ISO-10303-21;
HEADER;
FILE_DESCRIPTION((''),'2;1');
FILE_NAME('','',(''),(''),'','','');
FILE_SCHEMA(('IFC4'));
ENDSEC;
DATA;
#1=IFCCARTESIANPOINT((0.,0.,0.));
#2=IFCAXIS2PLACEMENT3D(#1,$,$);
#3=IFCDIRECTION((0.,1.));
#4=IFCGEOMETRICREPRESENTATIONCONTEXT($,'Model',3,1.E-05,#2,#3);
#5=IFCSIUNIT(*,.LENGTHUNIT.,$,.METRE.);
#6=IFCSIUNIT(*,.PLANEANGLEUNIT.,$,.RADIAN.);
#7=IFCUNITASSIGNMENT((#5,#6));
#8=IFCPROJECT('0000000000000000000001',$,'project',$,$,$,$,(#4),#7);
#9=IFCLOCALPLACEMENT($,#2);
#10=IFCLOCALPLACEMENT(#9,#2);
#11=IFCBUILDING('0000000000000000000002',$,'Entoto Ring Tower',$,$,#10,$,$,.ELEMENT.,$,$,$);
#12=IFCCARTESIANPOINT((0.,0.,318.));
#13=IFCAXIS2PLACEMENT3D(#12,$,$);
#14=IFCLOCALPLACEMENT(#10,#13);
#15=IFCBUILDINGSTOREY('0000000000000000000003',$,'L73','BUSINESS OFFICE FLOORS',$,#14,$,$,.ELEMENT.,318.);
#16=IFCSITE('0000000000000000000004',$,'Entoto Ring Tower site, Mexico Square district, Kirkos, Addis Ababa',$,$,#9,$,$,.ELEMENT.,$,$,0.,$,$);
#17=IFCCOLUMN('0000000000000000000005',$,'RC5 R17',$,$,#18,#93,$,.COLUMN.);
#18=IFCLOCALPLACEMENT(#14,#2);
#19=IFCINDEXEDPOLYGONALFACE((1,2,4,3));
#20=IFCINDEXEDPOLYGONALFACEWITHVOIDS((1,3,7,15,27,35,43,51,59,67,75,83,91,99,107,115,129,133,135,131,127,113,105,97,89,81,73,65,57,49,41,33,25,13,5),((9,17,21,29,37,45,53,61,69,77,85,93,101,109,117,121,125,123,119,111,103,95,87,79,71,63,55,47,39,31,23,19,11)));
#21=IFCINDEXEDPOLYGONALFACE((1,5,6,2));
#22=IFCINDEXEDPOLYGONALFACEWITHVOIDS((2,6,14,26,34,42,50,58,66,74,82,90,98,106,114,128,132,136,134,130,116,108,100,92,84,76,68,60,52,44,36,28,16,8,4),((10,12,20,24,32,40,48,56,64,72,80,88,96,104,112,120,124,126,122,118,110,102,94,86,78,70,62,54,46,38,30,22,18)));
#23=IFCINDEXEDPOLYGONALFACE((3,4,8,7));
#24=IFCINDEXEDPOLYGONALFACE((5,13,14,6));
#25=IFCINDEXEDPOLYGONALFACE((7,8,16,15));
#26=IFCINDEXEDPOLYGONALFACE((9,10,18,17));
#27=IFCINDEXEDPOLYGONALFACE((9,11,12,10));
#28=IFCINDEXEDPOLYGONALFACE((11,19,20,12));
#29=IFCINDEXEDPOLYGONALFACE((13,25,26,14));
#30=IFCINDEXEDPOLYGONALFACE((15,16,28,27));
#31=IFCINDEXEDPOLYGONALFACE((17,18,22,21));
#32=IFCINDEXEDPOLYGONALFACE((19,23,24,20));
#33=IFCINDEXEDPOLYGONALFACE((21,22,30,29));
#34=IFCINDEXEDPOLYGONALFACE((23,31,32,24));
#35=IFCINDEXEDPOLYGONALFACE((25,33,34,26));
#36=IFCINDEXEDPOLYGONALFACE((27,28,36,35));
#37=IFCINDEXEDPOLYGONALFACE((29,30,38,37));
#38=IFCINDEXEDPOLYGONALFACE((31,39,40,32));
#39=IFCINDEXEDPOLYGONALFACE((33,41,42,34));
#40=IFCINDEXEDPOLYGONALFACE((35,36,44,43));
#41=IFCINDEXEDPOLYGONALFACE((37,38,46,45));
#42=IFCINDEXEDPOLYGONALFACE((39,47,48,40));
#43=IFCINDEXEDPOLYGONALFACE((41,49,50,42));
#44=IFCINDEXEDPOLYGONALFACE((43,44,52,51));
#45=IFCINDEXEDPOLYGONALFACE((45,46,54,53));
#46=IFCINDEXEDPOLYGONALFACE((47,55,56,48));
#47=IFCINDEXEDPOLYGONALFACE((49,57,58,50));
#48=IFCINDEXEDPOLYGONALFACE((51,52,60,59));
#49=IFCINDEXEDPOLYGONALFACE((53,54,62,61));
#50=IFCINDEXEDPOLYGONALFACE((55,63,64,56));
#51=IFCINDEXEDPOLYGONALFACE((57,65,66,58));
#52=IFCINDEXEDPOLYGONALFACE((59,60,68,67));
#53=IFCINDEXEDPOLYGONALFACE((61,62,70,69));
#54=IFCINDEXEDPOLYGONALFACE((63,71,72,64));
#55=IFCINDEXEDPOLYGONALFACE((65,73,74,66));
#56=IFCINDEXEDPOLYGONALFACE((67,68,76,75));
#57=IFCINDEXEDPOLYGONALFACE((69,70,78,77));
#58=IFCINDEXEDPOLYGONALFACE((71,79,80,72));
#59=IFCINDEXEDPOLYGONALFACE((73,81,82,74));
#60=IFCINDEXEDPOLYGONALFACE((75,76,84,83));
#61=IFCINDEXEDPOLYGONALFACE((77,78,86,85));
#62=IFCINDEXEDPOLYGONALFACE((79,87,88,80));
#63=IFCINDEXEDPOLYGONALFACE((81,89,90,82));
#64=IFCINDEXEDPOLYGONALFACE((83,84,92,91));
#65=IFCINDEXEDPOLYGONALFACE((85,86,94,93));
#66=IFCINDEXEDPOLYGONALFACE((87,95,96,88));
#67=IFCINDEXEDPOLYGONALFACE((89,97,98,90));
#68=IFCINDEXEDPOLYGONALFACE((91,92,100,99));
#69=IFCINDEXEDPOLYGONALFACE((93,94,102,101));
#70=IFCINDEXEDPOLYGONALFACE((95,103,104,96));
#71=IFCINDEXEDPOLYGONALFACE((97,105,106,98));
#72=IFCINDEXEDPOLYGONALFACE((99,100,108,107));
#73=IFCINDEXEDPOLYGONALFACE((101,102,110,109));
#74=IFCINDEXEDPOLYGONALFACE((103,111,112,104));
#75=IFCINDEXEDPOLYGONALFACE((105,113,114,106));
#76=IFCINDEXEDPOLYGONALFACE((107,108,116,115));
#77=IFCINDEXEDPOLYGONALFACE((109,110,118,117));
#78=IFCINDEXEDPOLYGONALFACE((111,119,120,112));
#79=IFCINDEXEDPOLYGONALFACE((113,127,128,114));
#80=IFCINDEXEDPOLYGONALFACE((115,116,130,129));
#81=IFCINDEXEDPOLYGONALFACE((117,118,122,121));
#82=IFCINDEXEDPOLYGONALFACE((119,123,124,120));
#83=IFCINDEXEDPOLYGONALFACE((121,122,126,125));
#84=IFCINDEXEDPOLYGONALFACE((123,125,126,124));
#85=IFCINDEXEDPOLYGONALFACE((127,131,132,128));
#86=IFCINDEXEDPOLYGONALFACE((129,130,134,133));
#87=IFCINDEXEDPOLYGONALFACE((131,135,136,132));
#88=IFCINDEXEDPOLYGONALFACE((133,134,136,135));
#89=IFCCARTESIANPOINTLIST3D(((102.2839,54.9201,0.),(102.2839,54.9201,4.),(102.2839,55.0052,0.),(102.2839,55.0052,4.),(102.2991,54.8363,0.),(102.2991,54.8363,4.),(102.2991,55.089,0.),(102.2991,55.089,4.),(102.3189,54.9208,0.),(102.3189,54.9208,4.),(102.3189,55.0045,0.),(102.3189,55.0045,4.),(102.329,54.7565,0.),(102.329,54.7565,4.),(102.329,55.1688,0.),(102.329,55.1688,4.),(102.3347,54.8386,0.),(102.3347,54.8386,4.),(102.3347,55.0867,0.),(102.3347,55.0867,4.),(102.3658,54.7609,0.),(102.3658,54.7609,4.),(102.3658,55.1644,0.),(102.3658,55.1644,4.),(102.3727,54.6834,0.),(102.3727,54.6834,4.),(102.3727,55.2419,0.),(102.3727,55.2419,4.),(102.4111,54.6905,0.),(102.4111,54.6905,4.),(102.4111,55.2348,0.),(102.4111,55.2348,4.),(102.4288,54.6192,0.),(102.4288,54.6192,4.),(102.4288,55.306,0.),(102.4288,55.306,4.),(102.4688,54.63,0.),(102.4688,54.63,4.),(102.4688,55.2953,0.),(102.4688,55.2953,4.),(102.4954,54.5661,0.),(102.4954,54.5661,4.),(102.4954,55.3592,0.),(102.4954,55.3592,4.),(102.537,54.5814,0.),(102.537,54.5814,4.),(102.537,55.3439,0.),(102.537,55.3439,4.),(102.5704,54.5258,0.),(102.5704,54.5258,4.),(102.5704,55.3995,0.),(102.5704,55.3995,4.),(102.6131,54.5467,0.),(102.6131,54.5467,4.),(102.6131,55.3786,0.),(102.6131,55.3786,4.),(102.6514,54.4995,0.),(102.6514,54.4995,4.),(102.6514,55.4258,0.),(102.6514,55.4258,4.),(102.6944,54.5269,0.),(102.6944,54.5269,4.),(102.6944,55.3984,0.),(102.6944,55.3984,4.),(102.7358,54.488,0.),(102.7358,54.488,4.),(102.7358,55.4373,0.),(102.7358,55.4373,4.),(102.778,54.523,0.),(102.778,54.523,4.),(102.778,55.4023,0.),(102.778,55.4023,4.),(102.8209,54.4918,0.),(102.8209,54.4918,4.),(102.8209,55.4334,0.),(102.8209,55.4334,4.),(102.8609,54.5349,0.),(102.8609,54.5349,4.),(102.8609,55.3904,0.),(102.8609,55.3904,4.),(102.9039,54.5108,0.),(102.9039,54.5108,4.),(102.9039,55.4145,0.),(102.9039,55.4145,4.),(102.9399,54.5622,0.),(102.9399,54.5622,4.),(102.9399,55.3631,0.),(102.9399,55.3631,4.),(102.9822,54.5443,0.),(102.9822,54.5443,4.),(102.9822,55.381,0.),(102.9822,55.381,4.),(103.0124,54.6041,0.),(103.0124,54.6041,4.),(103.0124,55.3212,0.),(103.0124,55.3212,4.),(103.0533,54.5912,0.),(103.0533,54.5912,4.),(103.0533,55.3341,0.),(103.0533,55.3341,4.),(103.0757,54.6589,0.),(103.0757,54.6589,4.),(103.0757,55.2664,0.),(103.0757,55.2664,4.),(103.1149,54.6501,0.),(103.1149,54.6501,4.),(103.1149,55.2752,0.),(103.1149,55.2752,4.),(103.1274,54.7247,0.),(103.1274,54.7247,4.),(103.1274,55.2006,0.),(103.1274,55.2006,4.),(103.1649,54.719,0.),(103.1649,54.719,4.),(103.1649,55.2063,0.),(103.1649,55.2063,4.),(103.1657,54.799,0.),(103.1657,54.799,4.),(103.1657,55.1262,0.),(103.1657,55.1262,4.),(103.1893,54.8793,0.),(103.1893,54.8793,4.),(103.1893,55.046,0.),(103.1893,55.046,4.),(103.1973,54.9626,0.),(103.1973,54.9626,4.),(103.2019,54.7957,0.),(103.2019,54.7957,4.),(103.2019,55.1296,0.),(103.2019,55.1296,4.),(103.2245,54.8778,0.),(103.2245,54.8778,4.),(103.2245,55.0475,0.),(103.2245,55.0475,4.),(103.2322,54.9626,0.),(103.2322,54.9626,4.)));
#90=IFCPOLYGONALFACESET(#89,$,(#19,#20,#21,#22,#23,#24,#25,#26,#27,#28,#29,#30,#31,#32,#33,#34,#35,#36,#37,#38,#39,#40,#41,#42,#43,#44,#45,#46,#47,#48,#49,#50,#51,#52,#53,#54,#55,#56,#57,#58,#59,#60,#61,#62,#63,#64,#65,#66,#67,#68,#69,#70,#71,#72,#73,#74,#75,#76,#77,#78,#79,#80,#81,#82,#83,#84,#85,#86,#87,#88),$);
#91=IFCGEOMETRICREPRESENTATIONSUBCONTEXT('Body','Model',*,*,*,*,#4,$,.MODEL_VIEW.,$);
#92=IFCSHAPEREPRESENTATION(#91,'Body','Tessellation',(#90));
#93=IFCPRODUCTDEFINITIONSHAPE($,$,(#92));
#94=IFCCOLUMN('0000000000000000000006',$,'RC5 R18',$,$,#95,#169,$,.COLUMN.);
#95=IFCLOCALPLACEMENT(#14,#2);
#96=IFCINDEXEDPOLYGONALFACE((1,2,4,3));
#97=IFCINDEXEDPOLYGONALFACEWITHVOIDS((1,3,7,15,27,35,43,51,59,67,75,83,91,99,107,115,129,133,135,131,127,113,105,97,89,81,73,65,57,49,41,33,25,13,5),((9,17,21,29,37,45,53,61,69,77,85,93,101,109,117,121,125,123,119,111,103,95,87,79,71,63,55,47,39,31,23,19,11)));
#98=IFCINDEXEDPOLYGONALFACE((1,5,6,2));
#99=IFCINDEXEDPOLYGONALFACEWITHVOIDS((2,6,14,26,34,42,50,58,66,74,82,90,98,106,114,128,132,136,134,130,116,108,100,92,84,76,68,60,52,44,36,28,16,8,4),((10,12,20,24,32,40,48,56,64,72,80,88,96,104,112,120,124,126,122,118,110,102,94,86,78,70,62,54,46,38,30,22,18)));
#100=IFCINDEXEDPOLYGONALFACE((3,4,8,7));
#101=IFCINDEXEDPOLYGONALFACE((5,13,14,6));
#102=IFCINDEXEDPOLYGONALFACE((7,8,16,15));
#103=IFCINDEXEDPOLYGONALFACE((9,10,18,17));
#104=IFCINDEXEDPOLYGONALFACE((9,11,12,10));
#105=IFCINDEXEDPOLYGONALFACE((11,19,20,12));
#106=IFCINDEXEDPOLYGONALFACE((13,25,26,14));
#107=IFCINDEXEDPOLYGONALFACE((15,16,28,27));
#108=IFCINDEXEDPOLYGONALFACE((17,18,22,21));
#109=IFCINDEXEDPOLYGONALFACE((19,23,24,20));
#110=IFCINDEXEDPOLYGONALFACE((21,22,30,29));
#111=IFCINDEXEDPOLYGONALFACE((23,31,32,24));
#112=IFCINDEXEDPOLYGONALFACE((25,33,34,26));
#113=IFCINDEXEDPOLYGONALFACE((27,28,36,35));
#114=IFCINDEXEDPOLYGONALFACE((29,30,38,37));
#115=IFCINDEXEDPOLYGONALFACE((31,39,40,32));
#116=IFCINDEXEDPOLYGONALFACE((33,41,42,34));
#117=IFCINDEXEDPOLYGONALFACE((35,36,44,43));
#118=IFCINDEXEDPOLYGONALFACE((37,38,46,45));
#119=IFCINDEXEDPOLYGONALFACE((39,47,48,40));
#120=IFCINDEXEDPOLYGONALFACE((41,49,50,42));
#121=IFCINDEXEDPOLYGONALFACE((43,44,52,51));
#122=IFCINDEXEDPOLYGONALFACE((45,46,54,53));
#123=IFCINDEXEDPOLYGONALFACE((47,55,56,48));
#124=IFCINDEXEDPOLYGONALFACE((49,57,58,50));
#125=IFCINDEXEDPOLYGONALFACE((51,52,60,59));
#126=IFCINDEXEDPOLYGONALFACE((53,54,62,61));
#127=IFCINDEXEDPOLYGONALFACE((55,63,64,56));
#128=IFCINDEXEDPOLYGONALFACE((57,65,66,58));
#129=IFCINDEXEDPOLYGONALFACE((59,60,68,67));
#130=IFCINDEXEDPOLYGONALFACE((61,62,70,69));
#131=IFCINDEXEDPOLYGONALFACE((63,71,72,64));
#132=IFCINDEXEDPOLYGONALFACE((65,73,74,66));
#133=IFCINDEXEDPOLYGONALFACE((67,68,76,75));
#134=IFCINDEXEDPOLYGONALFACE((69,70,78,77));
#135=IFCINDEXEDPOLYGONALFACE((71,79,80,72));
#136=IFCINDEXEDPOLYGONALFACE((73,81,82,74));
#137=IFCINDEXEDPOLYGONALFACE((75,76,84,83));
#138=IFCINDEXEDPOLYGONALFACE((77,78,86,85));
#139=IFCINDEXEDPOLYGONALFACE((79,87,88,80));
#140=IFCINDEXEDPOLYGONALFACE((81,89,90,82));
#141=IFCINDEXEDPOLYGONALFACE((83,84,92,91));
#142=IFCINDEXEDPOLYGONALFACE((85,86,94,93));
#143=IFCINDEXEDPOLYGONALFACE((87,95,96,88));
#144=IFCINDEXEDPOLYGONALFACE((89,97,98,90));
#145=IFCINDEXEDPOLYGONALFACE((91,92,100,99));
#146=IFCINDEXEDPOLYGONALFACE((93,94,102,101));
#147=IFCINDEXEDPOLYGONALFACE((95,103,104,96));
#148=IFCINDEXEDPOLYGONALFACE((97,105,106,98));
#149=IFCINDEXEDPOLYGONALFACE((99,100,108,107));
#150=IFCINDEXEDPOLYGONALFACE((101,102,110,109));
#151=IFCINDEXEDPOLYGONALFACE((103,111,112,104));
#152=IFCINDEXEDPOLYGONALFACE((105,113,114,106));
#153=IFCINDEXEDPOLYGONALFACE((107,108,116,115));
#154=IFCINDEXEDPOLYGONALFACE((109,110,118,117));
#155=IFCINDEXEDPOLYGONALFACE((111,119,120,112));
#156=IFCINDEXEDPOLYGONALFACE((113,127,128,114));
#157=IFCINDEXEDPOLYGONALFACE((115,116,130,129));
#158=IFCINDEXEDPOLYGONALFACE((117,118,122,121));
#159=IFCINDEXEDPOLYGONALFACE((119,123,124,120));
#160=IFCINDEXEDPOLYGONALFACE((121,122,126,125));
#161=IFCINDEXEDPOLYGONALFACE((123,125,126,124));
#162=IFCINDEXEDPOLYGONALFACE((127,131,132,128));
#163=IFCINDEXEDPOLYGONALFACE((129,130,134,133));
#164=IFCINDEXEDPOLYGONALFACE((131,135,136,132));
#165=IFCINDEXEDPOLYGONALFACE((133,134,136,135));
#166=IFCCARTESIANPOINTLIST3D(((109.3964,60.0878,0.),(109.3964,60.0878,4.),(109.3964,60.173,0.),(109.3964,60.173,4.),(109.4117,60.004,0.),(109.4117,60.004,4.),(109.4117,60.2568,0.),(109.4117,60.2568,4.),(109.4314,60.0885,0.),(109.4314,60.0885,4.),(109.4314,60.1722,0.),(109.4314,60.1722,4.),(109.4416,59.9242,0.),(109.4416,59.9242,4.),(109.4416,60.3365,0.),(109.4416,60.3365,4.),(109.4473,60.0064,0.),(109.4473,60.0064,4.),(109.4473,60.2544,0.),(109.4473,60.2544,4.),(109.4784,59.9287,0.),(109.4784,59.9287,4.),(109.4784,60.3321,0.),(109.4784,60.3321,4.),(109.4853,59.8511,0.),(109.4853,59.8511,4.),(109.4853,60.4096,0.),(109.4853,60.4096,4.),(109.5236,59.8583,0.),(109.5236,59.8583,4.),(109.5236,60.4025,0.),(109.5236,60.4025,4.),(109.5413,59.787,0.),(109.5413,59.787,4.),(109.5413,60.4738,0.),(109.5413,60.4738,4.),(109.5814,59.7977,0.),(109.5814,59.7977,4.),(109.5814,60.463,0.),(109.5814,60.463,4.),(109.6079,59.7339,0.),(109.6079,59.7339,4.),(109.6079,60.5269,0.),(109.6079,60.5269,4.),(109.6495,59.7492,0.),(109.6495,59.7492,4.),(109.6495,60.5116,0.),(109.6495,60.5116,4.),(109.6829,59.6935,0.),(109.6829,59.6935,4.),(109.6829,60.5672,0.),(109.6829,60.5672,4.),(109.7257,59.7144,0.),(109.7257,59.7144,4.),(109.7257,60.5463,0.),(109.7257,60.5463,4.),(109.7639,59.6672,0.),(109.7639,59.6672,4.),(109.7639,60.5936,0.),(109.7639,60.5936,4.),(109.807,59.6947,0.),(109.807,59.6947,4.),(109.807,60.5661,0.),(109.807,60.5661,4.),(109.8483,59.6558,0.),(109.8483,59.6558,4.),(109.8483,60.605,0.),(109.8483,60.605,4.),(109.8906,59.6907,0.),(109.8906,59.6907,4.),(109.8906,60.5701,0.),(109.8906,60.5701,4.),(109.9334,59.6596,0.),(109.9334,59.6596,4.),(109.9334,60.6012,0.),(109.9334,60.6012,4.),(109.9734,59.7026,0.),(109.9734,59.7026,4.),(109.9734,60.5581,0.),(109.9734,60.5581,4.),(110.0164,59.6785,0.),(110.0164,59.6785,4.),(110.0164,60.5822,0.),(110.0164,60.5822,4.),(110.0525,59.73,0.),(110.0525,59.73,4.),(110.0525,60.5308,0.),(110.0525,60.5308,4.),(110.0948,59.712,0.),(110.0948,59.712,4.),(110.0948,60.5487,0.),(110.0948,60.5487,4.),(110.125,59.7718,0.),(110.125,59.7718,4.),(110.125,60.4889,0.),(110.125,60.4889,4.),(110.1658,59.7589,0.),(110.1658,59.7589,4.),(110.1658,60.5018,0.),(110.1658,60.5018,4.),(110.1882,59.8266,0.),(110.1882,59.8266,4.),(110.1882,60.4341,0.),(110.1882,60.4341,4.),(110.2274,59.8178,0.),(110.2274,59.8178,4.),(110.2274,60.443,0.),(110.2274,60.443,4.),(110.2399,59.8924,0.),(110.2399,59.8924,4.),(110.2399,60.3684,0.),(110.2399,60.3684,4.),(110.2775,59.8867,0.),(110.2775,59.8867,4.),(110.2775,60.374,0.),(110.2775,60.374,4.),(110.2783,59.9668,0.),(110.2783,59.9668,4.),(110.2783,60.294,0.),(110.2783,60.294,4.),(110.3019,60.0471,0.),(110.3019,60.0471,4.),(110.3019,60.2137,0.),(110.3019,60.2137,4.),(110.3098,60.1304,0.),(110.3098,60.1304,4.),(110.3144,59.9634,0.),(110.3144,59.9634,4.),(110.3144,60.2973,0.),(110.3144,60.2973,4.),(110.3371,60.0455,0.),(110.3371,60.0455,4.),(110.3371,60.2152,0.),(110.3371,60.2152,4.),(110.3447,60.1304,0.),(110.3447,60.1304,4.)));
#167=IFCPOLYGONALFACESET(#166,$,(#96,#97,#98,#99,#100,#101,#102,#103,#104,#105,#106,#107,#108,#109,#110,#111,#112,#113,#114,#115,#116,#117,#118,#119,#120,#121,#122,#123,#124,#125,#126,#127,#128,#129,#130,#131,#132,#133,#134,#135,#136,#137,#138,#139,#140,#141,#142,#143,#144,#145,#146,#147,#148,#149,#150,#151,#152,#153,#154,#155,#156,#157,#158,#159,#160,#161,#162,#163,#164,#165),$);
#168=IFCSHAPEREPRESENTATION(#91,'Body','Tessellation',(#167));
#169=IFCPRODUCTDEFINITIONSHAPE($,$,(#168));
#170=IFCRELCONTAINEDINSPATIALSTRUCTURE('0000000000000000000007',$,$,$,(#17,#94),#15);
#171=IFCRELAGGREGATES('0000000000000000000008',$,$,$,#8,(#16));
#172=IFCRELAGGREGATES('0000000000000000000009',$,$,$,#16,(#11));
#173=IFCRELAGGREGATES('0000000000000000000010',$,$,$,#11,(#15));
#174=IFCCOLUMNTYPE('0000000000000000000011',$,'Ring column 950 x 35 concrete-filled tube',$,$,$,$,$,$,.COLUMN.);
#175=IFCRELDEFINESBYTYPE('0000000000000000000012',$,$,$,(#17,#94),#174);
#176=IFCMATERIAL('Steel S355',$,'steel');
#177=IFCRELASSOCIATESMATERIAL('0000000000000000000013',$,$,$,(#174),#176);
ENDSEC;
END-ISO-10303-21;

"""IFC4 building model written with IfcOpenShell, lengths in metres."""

from ifc_helpers import new_model, si_unit, direction, frame, origin, origin_2d, place, context, subcontext, project, spatial, circle, hollow_circle, extrude, material, material_profile, profile_set, type_object, element, save


model = new_model("IFC4")

# Units and contexts
model_context = context("Model", 3, precision=1e-05, world=origin(), true_north=direction((0.0, 1.0)))
body_context = subcontext(model_context, "Body", "Model", "MODEL_VIEW")
ifc_project = project(units=[si_unit("LENGTHUNIT", "METRE"), si_unit("PLANEANGLEUNIT", "RADIAN")], contexts=[model_context])

# Site, building, storey
site_placement = place(None, origin())
site = spatial("IfcSite", under=ifc_project, at=site_placement, Name="Entoto Ring Tower site, Mexico Square district, Kirkos, Addis Ababa", CompositionType="ELEMENT", RefElevation=0.0)
building_placement = place(site_placement, origin())
building = spatial("IfcBuilding", under=site, at=building_placement, Name="Entoto Ring Tower", CompositionType="ELEMENT")
storey_placement = place(building_placement, frame((0.0, 0.0, 318.0)))
storey = spatial("IfcBuildingStorey", under=building, at=storey_placement, Name="L73", Description="BUSINESS OFFICE FLOORS", CompositionType="ELEMENT", Elevation=318.0)

# Columns
ifc_material_1 = material(Name="Steel S355", Category="steel")
ifc_material_profile_1 = material_profile(ifc_material_1, hollow_circle(Radius=0.4751, WallThickness=0.0349, at=origin_2d()), Name="CHS 950 x 35")
ifc_material_2 = material(Name="Concrete C60/75", Category="concrete")
ifc_material_profile_2 = material_profile(ifc_material_2, circle(Radius=0.4399, at=origin_2d()), Name="Concrete C60/75 infill")
ifc_profile_set_1 = profile_set([ifc_material_profile_1, ifc_material_profile_2], Name="Steel S355")
column_type = type_object("IfcColumnType", Name="Ring column 950 x 35 concrete-filled tube", PredefinedType="COLUMN", material=ifc_profile_set_1)
for number, where, z_axis, x_axis, name in (
    (1, (102.7571, 54.9626, 0.0), (0.0, 0.0, 1.0), (1.0, 0.0, 0.0), "RC5 R17"),
    (2, (109.8696, 60.1304, 0.0), (0.0, 0.0, 1.0), (1.0, 0.0, 0.0), "RC5 R18"),
):
    element("IfcColumn", number, at=place(storey_placement, frame(where, z_axis=z_axis, x_axis=x_axis)), inside=storey, type_object=column_type, Name=name, PredefinedType="COLUMN", context=body_context, shape_type="SweptSolid", body=[
        extrude(hollow_circle(Radius=0.4751, WallThickness=0.0349, at=origin_2d()), origin(), (0.0, 0.0, 1.0), 4.0),
    ])

save(model, "model.ifc")
